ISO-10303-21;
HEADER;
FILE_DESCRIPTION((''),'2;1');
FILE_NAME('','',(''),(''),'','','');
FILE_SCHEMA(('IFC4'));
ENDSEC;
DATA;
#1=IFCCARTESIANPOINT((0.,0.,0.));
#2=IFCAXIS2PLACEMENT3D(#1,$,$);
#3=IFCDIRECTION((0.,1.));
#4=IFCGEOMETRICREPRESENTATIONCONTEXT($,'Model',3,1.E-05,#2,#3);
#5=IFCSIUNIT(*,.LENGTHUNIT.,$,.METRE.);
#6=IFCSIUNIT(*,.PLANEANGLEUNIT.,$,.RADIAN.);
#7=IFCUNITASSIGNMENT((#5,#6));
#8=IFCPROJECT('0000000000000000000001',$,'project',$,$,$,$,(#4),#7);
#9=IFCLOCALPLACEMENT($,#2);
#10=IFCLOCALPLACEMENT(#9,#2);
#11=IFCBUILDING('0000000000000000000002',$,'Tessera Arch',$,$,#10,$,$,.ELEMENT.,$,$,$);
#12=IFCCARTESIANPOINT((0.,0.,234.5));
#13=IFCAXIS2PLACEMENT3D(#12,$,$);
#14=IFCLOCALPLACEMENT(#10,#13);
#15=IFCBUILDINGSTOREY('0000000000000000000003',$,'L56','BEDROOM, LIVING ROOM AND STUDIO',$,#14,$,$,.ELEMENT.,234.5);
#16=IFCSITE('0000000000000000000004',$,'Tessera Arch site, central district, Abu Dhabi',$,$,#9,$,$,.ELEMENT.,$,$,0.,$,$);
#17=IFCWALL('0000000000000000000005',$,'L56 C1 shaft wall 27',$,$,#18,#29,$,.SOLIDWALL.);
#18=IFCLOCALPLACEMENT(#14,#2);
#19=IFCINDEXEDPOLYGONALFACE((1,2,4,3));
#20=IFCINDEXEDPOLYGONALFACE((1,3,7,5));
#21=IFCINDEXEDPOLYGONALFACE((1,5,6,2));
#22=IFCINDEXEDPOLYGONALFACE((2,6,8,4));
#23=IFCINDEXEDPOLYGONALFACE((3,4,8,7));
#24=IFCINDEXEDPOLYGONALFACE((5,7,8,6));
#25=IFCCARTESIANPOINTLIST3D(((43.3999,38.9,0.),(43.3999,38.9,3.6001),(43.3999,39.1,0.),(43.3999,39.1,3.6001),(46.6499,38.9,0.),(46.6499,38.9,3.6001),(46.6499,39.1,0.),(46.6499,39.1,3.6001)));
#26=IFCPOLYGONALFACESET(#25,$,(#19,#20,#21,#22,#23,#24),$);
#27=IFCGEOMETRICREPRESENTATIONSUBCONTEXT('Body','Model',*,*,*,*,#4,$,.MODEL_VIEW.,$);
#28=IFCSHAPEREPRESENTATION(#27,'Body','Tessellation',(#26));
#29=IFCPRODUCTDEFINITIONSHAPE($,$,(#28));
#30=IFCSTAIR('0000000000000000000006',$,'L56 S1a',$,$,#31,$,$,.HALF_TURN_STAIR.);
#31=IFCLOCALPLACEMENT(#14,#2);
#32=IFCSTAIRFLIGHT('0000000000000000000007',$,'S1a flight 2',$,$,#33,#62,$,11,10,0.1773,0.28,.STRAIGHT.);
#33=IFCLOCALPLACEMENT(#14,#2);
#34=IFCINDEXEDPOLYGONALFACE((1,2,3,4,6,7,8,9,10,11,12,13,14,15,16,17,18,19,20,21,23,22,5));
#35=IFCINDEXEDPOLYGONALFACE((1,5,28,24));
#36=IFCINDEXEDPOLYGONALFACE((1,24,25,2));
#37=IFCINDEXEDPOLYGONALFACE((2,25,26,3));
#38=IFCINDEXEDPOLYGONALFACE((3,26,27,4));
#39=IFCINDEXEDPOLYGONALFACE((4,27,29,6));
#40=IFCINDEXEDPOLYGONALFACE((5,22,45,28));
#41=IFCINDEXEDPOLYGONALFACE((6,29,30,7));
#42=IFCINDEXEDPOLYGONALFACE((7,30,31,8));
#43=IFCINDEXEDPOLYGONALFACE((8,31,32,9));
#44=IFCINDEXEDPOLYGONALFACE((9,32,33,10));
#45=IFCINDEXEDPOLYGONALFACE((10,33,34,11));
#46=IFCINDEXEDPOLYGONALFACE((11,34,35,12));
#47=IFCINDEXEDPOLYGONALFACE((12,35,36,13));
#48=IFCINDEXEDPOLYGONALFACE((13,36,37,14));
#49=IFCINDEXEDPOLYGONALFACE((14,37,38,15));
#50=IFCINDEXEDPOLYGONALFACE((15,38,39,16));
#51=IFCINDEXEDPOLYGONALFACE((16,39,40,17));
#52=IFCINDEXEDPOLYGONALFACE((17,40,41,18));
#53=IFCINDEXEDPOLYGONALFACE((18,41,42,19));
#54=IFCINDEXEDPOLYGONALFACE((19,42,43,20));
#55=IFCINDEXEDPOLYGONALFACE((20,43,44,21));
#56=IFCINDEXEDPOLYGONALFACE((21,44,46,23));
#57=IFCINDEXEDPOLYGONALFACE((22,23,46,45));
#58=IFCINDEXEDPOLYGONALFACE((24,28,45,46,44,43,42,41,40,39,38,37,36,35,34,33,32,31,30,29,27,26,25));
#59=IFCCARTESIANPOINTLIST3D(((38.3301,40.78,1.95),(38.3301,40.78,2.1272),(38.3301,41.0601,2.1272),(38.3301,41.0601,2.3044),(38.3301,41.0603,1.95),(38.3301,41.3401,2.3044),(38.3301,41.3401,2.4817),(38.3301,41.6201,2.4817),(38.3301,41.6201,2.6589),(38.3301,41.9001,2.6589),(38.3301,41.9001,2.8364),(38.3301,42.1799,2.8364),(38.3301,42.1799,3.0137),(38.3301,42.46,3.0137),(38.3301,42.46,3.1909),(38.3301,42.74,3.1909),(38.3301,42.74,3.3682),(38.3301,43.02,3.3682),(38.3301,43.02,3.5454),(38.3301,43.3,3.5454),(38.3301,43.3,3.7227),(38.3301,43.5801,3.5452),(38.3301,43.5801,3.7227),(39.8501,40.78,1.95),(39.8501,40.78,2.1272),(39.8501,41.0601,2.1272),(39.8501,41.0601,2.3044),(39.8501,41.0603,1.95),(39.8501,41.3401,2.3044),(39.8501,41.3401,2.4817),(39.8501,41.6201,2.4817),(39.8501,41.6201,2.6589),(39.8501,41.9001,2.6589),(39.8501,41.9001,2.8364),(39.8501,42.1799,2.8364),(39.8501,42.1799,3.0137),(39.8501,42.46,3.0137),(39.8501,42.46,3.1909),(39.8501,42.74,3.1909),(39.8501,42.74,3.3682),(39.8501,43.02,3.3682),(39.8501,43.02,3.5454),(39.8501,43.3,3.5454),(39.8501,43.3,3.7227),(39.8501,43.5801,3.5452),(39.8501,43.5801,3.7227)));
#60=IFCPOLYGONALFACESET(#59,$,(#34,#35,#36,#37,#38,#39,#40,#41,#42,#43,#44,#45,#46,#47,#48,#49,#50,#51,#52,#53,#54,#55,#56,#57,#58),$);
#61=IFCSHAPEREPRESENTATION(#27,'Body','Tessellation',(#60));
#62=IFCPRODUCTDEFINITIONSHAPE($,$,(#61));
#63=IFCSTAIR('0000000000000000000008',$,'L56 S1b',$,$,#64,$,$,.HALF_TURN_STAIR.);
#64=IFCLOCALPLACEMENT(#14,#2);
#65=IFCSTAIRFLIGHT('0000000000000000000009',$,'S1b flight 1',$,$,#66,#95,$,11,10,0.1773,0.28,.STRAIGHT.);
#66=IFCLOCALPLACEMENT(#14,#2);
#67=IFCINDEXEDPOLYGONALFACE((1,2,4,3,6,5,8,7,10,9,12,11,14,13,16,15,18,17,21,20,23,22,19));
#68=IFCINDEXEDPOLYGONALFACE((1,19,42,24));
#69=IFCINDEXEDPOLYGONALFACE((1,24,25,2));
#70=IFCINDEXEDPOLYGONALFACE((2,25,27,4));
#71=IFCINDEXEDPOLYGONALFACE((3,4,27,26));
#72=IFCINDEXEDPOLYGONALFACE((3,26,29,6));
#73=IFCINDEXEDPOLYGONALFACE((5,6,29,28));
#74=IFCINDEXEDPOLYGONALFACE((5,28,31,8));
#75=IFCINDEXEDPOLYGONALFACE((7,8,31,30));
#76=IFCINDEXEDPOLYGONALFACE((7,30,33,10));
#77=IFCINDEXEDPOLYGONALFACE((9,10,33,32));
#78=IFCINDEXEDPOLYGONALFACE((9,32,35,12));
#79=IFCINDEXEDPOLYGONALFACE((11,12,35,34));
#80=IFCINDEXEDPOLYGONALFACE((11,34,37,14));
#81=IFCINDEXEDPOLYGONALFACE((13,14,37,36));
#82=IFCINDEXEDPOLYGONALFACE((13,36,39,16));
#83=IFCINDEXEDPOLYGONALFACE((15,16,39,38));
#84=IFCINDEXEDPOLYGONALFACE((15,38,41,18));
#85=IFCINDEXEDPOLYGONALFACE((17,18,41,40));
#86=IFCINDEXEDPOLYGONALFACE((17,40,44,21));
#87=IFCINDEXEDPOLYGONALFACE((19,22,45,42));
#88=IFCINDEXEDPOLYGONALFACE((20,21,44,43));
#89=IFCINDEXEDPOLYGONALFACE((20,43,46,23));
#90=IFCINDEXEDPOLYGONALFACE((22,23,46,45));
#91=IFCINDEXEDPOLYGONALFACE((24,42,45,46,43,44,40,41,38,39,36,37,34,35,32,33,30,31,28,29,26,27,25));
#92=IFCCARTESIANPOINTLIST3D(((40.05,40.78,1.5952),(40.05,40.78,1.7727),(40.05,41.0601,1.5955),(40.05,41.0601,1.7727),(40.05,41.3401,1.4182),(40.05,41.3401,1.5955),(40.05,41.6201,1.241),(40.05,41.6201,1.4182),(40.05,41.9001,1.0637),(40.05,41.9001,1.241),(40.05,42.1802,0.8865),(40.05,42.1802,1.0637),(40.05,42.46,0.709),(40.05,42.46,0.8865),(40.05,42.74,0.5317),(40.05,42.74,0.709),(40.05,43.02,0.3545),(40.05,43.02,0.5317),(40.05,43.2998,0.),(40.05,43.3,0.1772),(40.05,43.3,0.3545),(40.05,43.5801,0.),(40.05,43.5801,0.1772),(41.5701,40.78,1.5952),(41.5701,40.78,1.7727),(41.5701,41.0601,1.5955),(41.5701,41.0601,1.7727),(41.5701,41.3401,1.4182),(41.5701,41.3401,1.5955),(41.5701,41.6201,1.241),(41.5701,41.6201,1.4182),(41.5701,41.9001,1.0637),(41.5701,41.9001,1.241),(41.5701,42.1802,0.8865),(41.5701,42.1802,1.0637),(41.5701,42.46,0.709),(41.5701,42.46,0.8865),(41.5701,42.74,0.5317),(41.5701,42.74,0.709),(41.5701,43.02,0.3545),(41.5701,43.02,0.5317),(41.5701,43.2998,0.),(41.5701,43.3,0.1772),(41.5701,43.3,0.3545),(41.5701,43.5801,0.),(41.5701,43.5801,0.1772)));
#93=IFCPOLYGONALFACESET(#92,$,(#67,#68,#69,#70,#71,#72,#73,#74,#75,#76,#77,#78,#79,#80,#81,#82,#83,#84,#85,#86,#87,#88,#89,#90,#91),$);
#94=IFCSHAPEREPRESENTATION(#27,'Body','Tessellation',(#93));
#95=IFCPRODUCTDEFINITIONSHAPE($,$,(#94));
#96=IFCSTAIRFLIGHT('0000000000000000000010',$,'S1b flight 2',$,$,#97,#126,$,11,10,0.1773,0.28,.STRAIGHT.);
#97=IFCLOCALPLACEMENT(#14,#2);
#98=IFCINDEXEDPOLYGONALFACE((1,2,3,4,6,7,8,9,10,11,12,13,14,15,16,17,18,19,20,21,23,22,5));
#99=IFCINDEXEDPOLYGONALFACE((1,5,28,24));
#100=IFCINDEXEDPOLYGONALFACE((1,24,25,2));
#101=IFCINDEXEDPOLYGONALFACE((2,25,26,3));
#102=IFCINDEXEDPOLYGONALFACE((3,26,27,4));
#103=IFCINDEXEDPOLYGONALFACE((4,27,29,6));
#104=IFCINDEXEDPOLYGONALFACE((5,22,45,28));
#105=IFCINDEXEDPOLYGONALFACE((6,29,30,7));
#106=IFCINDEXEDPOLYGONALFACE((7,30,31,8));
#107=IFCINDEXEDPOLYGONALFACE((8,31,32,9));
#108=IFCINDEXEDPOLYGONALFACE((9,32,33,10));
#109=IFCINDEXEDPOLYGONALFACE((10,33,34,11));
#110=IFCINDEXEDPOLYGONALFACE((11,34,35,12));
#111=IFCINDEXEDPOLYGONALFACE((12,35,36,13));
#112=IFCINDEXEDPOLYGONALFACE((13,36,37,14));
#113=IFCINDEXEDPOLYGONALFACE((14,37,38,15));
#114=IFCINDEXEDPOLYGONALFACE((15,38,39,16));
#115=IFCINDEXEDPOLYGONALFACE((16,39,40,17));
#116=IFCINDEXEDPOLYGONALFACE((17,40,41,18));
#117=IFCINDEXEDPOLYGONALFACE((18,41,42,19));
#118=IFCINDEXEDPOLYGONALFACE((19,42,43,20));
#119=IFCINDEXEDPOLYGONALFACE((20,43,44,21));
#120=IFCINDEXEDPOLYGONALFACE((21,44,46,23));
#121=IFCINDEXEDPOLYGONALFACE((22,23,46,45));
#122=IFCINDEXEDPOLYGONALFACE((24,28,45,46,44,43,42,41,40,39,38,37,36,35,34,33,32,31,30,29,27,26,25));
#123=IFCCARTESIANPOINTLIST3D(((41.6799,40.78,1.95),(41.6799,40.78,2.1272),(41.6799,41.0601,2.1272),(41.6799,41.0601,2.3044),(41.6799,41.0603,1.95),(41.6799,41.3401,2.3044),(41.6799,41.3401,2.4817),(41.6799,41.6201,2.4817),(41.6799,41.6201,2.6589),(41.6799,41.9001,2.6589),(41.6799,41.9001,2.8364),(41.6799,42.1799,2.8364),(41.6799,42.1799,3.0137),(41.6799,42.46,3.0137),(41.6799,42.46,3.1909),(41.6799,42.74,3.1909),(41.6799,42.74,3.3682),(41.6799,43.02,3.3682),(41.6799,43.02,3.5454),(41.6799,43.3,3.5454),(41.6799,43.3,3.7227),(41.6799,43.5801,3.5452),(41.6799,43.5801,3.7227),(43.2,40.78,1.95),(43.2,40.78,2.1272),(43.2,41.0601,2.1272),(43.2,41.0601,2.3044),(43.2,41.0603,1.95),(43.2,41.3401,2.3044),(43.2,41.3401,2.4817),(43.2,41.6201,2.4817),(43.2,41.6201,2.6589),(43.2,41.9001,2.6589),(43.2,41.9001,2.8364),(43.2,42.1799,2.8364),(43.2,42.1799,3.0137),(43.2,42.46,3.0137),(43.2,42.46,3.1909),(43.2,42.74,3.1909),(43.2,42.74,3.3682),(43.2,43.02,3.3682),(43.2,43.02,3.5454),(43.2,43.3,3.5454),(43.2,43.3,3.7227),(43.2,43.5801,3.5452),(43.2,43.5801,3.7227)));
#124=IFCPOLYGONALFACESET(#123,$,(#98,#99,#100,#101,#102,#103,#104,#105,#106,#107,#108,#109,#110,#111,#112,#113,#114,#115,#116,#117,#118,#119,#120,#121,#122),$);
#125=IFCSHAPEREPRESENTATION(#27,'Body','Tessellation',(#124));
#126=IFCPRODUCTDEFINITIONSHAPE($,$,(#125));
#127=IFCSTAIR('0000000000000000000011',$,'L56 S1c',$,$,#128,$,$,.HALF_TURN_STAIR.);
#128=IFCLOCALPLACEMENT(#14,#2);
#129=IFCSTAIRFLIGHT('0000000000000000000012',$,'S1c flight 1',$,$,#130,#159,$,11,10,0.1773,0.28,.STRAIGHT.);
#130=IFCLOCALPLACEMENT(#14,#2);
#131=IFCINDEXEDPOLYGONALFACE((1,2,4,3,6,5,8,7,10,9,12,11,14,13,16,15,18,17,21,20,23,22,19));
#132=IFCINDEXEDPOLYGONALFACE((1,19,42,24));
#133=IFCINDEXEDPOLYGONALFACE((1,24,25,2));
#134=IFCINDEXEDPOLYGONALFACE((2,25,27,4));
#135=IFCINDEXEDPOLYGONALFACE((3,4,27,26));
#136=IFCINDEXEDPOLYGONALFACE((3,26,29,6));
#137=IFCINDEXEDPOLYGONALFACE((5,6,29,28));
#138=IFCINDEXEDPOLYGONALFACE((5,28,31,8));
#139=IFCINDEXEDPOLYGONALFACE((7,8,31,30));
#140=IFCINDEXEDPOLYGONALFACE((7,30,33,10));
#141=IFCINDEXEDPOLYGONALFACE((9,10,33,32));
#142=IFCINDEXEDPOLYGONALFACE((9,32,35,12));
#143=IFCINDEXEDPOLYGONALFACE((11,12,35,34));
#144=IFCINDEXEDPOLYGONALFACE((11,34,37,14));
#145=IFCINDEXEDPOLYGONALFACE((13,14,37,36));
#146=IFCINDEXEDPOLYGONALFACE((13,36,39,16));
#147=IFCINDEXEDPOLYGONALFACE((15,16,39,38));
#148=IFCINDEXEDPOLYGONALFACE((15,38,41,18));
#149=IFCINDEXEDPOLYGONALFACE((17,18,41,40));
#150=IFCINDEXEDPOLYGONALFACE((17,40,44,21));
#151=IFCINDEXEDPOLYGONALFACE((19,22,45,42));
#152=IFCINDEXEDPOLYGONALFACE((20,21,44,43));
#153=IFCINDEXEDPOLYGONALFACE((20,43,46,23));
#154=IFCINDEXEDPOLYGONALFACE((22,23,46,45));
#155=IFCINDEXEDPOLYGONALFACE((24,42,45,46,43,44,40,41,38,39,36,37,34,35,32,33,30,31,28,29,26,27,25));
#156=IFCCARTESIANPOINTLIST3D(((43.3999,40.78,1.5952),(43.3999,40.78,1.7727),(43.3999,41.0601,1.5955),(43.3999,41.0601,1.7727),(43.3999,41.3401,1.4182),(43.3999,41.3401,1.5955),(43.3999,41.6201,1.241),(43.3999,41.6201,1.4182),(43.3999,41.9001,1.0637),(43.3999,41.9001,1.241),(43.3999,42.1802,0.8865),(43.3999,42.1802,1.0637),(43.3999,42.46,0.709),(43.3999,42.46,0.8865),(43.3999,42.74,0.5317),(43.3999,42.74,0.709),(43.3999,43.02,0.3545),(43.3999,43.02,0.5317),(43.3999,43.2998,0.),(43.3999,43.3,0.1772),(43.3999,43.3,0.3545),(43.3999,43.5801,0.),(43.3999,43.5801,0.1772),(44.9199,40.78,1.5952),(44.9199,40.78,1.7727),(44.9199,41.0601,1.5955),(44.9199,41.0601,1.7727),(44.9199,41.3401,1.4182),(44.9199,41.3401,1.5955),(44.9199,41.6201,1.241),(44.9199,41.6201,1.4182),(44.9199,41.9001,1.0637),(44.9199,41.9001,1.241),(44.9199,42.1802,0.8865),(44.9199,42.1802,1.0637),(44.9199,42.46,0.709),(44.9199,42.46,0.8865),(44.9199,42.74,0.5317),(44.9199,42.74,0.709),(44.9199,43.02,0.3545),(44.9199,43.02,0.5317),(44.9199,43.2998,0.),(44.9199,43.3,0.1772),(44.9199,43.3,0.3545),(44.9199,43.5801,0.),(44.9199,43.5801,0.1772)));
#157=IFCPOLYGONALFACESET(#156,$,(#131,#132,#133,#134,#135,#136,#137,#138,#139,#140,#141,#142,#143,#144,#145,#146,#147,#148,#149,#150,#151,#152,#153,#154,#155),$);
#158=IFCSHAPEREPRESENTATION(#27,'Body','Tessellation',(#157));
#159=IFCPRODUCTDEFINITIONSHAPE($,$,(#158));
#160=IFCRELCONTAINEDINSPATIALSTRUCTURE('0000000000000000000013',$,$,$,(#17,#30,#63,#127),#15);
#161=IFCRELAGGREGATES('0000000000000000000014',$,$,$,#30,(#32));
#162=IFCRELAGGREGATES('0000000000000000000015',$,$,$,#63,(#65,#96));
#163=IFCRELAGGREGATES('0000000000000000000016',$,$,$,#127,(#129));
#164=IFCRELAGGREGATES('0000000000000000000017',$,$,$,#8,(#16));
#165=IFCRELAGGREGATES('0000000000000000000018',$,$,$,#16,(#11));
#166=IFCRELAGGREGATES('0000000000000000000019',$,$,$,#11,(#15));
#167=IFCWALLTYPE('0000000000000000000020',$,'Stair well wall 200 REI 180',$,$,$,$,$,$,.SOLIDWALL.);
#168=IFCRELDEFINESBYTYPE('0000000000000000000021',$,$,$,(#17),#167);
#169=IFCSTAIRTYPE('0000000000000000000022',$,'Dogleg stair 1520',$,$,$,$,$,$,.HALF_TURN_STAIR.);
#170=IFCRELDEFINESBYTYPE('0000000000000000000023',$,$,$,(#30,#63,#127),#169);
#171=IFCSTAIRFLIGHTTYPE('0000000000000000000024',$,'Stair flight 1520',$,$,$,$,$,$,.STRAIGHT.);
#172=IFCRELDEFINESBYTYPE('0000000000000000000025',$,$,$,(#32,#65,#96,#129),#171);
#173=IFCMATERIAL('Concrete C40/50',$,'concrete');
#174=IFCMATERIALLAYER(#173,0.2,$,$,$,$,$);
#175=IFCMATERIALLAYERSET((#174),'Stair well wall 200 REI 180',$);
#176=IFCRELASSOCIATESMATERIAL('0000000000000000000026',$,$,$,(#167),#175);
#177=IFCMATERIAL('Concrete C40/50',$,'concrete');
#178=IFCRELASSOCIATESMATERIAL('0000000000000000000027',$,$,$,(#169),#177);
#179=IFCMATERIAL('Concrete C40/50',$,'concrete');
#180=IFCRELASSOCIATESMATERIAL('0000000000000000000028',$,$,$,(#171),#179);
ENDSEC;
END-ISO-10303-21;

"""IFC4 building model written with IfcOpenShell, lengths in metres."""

from ifc_helpers import new_model, si_unit, direction, frame, frame_2d, origin, place, context, subcontext, project, spatial, polyline, rectangle, outline, extrude, material, layer, layer_set, type_object, element, aggregate, save


model = new_model("IFC4")

# Units and contexts
model_context = context("Model", 3, precision=1e-05, world=origin(), true_north=direction((0.0, 1.0)))
body_context = subcontext(model_context, "Body", "Model", "MODEL_VIEW")
ifc_project = project(units=[si_unit("LENGTHUNIT", "METRE"), si_unit("PLANEANGLEUNIT", "RADIAN")], contexts=[model_context])

# Site, building, storey
site_placement = place(None, origin())
site = spatial("IfcSite", under=ifc_project, at=site_placement, Name="Tessera Arch site, central district, Abu Dhabi", CompositionType="ELEMENT", RefElevation=0.0)
building_placement = place(site_placement, origin())
building = spatial("IfcBuilding", under=site, at=building_placement, Name="Tessera Arch", CompositionType="ELEMENT")
storey_placement = place(building_placement, frame((0.0, 0.0, 234.5)))
storey = spatial("IfcBuildingStorey", under=building, at=storey_placement, Name="L56", Description="BEDROOM, LIVING ROOM AND STUDIO", CompositionType="ELEMENT", Elevation=234.5)

# Wall
ifc_material_1 = material(Name="Concrete C40/50", Category="concrete")
ifc_layer_1 = layer(ifc_material_1, 0.2)
ifc_layer_set_1 = layer_set([ifc_layer_1], Name="Stair well wall 200 REI 180")
wall_type_1 = type_object("IfcWallType", Name="Stair well wall 200 REI 180", PredefinedType="SOLIDWALL", material=ifc_layer_set_1)
wall_1_placement = place(storey_placement, frame((43.3999, 39.0, 0.0), z_axis=(0.0, 0.0, 1.0), x_axis=(1.0, 0.0, 0.0)))
element("IfcWall", 1, at=wall_1_placement, inside=storey, type_object=wall_type_1, Name="L56 C1 shaft wall 27", PredefinedType="SOLIDWALL", context=body_context, shape_type="SweptSolid", body=[
    extrude(rectangle(XDim=3.25, YDim=0.2, at=frame_2d((1.625, 0.0))), origin(), (0.0, 0.0, 1.0), 3.6001),
])

# Stair, stair flight
ifc_material_2 = material(Name="Concrete C40/50", Category="concrete")
stair_type = type_object("IfcStairType", Name="Dogleg stair 1520", PredefinedType="HALF_TURN_STAIR", material=ifc_material_2)
stair_1_placement = place(storey_placement, origin())
stair_1 = element("IfcStair", 2, at=stair_1_placement, inside=storey, type_object=stair_type, Name="L56 S1a", PredefinedType="HALF_TURN_STAIR")
ifc_material_3 = material(Name="Concrete C40/50", Category="concrete")
stair_flight_type = type_object("IfcStairFlightType", Name="Stair flight 1520", PredefinedType="STRAIGHT", material=ifc_material_3)
stair_flight_1_placement = place(storey_placement, frame((39.0901, 40.78, 1.95), z_axis=(0.0, 0.0, 1.0), x_axis=(0.0, 1.0, 0.0)))
stair_flight_1 = element("IfcStairFlight", 3, at=stair_flight_1_placement, type_object=stair_flight_type, Name="S1a flight 2", NumberOfRisers=11, NumberOfTreads=10, PredefinedType="STRAIGHT", RiserHeight=0.1773, TreadLength=0.28, context=body_context, shape_type="SweptSolid", body=[
    extrude(outline(polyline([(0.0, 0.0), (0.0, 0.1772), (0.28, 0.1772), (0.28, 0.3545), (0.5601, 0.3545), (0.5601, 0.5317), (0.8401, 0.5317), (0.8401, 0.709), (1.1201, 0.709), (1.1201, 0.8865), (1.3999, 0.8865), (1.3999, 1.0637), (1.6799, 1.0637), (1.6799, 1.241), (1.96, 1.241), (1.96, 1.4182), (2.24, 1.4182), (2.24, 1.5955), (2.52, 1.5955), (2.52, 1.7727), (2.8, 1.7727), (2.8, 1.95), (2.8, 1.5952), (0.2803, 0.0), (0.0, 0.0)])), frame((0.0, 0.76, 0.0), z_axis=(0.0, -1.0, 0.0), x_axis=(1.0, 0.0, 0.0)), (0.0, 0.0, 1.0), 1.52),
])
aggregate(stair_1, [stair_flight_1])

# Stairs, stair flights
stair_2_placement = place(storey_placement, origin())
stair_2 = element("IfcStair", 4, at=stair_2_placement, inside=storey, type_object=stair_type, Name="L56 S1b", PredefinedType="HALF_TURN_STAIR")
stair_flight_2_placement = place(storey_placement, frame((40.8101, 43.5801, 0.0), z_axis=(0.0, 0.0, 1.0), x_axis=(0.0, -1.0, 0.0)))
stair_flight_2 = element("IfcStairFlight", 5, at=stair_flight_2_placement, type_object=stair_flight_type, Name="S1b flight 1", NumberOfRisers=11, NumberOfTreads=10, PredefinedType="STRAIGHT", RiserHeight=0.1773, TreadLength=0.28, context=body_context, shape_type="SweptSolid", body=[
    extrude(outline(polyline([(0.0, 0.0), (0.0, 0.1772), (0.28, 0.1772), (0.28, 0.3545), (0.5601, 0.3545), (0.5601, 0.5317), (0.8401, 0.5317), (0.8401, 0.709), (1.1201, 0.709), (1.1201, 0.8865), (1.3999, 0.8865), (1.3999, 1.0637), (1.6799, 1.0637), (1.6799, 1.241), (1.96, 1.241), (1.96, 1.4182), (2.24, 1.4182), (2.24, 1.5955), (2.52, 1.5955), (2.52, 1.7727), (2.8, 1.7727), (2.8, 1.95), (2.8, 1.5952), (0.2803, 0.0), (0.0, 0.0)])), frame((0.0, 0.76, 0.0), z_axis=(0.0, -1.0, 0.0), x_axis=(1.0, 0.0, 0.0)), (0.0, 0.0, 1.0), 1.52),
])
stair_flight_3_placement = place(storey_placement, frame((42.4399, 40.78, 1.95), z_axis=(0.0, 0.0, 1.0), x_axis=(0.0, 1.0, 0.0)))
stair_flight_3 = element("IfcStairFlight", 6, at=stair_flight_3_placement, type_object=stair_flight_type, Name="S1b flight 2", NumberOfRisers=11, NumberOfTreads=10, PredefinedType="STRAIGHT", RiserHeight=0.1773, TreadLength=0.28, context=body_context, shape_type="SweptSolid", body=[
    extrude(outline(polyline([(0.0, 0.0), (0.0, 0.1772), (0.28, 0.1772), (0.28, 0.3545), (0.5601, 0.3545), (0.5601, 0.5317), (0.8401, 0.5317), (0.8401, 0.709), (1.1201, 0.709), (1.1201, 0.8865), (1.3999, 0.8865), (1.3999, 1.0637), (1.6799, 1.0637), (1.6799, 1.241), (1.96, 1.241), (1.96, 1.4182), (2.24, 1.4182), (2.24, 1.5955), (2.52, 1.5955), (2.52, 1.7727), (2.8, 1.7727), (2.8, 1.95), (2.8, 1.5952), (0.2803, 0.0), (0.0, 0.0)])), frame((0.0, 0.76, 0.0), z_axis=(0.0, -1.0, 0.0), x_axis=(1.0, 0.0, 0.0)), (0.0, 0.0, 1.0), 1.52),
])
aggregate(stair_2, [stair_flight_2, stair_flight_3])
stair_3_placement = place(storey_placement, origin())
stair_3 = element("IfcStair", 7, at=stair_3_placement, inside=storey, type_object=stair_type, Name="L56 S1c", PredefinedType="HALF_TURN_STAIR")
stair_flight_4_placement = place(storey_placement, frame((44.1599, 43.5801, 0.0), z_axis=(0.0, 0.0, 1.0), x_axis=(0.0, -1.0, 0.0)))
stair_flight_4 = element("IfcStairFlight", 8, at=stair_flight_4_placement, type_object=stair_flight_type, Name="S1c flight 1", NumberOfRisers=11, NumberOfTreads=10, PredefinedType="STRAIGHT", RiserHeight=0.1773, TreadLength=0.28, context=body_context, shape_type="SweptSolid", body=[
    extrude(outline(polyline([(0.0, 0.0), (0.0, 0.1772), (0.28, 0.1772), (0.28, 0.3545), (0.5601, 0.3545), (0.5601, 0.5317), (0.8401, 0.5317), (0.8401, 0.709), (1.1201, 0.709), (1.1201, 0.8865), (1.3999, 0.8865), (1.3999, 1.0637), (1.6799, 1.0637), (1.6799, 1.241), (1.96, 1.241), (1.96, 1.4182), (2.24, 1.4182), (2.24, 1.5955), (2.52, 1.5955), (2.52, 1.7727), (2.8, 1.7727), (2.8, 1.95), (2.8, 1.5952), (0.2803, 0.0), (0.0, 0.0)])), frame((0.0, 0.76, 0.0), z_axis=(0.0, -1.0, 0.0), x_axis=(1.0, 0.0, 0.0)), (0.0, 0.0, 1.0), 1.52),
])
aggregate(stair_3, [stair_flight_4])

save(model, "model.ifc")
